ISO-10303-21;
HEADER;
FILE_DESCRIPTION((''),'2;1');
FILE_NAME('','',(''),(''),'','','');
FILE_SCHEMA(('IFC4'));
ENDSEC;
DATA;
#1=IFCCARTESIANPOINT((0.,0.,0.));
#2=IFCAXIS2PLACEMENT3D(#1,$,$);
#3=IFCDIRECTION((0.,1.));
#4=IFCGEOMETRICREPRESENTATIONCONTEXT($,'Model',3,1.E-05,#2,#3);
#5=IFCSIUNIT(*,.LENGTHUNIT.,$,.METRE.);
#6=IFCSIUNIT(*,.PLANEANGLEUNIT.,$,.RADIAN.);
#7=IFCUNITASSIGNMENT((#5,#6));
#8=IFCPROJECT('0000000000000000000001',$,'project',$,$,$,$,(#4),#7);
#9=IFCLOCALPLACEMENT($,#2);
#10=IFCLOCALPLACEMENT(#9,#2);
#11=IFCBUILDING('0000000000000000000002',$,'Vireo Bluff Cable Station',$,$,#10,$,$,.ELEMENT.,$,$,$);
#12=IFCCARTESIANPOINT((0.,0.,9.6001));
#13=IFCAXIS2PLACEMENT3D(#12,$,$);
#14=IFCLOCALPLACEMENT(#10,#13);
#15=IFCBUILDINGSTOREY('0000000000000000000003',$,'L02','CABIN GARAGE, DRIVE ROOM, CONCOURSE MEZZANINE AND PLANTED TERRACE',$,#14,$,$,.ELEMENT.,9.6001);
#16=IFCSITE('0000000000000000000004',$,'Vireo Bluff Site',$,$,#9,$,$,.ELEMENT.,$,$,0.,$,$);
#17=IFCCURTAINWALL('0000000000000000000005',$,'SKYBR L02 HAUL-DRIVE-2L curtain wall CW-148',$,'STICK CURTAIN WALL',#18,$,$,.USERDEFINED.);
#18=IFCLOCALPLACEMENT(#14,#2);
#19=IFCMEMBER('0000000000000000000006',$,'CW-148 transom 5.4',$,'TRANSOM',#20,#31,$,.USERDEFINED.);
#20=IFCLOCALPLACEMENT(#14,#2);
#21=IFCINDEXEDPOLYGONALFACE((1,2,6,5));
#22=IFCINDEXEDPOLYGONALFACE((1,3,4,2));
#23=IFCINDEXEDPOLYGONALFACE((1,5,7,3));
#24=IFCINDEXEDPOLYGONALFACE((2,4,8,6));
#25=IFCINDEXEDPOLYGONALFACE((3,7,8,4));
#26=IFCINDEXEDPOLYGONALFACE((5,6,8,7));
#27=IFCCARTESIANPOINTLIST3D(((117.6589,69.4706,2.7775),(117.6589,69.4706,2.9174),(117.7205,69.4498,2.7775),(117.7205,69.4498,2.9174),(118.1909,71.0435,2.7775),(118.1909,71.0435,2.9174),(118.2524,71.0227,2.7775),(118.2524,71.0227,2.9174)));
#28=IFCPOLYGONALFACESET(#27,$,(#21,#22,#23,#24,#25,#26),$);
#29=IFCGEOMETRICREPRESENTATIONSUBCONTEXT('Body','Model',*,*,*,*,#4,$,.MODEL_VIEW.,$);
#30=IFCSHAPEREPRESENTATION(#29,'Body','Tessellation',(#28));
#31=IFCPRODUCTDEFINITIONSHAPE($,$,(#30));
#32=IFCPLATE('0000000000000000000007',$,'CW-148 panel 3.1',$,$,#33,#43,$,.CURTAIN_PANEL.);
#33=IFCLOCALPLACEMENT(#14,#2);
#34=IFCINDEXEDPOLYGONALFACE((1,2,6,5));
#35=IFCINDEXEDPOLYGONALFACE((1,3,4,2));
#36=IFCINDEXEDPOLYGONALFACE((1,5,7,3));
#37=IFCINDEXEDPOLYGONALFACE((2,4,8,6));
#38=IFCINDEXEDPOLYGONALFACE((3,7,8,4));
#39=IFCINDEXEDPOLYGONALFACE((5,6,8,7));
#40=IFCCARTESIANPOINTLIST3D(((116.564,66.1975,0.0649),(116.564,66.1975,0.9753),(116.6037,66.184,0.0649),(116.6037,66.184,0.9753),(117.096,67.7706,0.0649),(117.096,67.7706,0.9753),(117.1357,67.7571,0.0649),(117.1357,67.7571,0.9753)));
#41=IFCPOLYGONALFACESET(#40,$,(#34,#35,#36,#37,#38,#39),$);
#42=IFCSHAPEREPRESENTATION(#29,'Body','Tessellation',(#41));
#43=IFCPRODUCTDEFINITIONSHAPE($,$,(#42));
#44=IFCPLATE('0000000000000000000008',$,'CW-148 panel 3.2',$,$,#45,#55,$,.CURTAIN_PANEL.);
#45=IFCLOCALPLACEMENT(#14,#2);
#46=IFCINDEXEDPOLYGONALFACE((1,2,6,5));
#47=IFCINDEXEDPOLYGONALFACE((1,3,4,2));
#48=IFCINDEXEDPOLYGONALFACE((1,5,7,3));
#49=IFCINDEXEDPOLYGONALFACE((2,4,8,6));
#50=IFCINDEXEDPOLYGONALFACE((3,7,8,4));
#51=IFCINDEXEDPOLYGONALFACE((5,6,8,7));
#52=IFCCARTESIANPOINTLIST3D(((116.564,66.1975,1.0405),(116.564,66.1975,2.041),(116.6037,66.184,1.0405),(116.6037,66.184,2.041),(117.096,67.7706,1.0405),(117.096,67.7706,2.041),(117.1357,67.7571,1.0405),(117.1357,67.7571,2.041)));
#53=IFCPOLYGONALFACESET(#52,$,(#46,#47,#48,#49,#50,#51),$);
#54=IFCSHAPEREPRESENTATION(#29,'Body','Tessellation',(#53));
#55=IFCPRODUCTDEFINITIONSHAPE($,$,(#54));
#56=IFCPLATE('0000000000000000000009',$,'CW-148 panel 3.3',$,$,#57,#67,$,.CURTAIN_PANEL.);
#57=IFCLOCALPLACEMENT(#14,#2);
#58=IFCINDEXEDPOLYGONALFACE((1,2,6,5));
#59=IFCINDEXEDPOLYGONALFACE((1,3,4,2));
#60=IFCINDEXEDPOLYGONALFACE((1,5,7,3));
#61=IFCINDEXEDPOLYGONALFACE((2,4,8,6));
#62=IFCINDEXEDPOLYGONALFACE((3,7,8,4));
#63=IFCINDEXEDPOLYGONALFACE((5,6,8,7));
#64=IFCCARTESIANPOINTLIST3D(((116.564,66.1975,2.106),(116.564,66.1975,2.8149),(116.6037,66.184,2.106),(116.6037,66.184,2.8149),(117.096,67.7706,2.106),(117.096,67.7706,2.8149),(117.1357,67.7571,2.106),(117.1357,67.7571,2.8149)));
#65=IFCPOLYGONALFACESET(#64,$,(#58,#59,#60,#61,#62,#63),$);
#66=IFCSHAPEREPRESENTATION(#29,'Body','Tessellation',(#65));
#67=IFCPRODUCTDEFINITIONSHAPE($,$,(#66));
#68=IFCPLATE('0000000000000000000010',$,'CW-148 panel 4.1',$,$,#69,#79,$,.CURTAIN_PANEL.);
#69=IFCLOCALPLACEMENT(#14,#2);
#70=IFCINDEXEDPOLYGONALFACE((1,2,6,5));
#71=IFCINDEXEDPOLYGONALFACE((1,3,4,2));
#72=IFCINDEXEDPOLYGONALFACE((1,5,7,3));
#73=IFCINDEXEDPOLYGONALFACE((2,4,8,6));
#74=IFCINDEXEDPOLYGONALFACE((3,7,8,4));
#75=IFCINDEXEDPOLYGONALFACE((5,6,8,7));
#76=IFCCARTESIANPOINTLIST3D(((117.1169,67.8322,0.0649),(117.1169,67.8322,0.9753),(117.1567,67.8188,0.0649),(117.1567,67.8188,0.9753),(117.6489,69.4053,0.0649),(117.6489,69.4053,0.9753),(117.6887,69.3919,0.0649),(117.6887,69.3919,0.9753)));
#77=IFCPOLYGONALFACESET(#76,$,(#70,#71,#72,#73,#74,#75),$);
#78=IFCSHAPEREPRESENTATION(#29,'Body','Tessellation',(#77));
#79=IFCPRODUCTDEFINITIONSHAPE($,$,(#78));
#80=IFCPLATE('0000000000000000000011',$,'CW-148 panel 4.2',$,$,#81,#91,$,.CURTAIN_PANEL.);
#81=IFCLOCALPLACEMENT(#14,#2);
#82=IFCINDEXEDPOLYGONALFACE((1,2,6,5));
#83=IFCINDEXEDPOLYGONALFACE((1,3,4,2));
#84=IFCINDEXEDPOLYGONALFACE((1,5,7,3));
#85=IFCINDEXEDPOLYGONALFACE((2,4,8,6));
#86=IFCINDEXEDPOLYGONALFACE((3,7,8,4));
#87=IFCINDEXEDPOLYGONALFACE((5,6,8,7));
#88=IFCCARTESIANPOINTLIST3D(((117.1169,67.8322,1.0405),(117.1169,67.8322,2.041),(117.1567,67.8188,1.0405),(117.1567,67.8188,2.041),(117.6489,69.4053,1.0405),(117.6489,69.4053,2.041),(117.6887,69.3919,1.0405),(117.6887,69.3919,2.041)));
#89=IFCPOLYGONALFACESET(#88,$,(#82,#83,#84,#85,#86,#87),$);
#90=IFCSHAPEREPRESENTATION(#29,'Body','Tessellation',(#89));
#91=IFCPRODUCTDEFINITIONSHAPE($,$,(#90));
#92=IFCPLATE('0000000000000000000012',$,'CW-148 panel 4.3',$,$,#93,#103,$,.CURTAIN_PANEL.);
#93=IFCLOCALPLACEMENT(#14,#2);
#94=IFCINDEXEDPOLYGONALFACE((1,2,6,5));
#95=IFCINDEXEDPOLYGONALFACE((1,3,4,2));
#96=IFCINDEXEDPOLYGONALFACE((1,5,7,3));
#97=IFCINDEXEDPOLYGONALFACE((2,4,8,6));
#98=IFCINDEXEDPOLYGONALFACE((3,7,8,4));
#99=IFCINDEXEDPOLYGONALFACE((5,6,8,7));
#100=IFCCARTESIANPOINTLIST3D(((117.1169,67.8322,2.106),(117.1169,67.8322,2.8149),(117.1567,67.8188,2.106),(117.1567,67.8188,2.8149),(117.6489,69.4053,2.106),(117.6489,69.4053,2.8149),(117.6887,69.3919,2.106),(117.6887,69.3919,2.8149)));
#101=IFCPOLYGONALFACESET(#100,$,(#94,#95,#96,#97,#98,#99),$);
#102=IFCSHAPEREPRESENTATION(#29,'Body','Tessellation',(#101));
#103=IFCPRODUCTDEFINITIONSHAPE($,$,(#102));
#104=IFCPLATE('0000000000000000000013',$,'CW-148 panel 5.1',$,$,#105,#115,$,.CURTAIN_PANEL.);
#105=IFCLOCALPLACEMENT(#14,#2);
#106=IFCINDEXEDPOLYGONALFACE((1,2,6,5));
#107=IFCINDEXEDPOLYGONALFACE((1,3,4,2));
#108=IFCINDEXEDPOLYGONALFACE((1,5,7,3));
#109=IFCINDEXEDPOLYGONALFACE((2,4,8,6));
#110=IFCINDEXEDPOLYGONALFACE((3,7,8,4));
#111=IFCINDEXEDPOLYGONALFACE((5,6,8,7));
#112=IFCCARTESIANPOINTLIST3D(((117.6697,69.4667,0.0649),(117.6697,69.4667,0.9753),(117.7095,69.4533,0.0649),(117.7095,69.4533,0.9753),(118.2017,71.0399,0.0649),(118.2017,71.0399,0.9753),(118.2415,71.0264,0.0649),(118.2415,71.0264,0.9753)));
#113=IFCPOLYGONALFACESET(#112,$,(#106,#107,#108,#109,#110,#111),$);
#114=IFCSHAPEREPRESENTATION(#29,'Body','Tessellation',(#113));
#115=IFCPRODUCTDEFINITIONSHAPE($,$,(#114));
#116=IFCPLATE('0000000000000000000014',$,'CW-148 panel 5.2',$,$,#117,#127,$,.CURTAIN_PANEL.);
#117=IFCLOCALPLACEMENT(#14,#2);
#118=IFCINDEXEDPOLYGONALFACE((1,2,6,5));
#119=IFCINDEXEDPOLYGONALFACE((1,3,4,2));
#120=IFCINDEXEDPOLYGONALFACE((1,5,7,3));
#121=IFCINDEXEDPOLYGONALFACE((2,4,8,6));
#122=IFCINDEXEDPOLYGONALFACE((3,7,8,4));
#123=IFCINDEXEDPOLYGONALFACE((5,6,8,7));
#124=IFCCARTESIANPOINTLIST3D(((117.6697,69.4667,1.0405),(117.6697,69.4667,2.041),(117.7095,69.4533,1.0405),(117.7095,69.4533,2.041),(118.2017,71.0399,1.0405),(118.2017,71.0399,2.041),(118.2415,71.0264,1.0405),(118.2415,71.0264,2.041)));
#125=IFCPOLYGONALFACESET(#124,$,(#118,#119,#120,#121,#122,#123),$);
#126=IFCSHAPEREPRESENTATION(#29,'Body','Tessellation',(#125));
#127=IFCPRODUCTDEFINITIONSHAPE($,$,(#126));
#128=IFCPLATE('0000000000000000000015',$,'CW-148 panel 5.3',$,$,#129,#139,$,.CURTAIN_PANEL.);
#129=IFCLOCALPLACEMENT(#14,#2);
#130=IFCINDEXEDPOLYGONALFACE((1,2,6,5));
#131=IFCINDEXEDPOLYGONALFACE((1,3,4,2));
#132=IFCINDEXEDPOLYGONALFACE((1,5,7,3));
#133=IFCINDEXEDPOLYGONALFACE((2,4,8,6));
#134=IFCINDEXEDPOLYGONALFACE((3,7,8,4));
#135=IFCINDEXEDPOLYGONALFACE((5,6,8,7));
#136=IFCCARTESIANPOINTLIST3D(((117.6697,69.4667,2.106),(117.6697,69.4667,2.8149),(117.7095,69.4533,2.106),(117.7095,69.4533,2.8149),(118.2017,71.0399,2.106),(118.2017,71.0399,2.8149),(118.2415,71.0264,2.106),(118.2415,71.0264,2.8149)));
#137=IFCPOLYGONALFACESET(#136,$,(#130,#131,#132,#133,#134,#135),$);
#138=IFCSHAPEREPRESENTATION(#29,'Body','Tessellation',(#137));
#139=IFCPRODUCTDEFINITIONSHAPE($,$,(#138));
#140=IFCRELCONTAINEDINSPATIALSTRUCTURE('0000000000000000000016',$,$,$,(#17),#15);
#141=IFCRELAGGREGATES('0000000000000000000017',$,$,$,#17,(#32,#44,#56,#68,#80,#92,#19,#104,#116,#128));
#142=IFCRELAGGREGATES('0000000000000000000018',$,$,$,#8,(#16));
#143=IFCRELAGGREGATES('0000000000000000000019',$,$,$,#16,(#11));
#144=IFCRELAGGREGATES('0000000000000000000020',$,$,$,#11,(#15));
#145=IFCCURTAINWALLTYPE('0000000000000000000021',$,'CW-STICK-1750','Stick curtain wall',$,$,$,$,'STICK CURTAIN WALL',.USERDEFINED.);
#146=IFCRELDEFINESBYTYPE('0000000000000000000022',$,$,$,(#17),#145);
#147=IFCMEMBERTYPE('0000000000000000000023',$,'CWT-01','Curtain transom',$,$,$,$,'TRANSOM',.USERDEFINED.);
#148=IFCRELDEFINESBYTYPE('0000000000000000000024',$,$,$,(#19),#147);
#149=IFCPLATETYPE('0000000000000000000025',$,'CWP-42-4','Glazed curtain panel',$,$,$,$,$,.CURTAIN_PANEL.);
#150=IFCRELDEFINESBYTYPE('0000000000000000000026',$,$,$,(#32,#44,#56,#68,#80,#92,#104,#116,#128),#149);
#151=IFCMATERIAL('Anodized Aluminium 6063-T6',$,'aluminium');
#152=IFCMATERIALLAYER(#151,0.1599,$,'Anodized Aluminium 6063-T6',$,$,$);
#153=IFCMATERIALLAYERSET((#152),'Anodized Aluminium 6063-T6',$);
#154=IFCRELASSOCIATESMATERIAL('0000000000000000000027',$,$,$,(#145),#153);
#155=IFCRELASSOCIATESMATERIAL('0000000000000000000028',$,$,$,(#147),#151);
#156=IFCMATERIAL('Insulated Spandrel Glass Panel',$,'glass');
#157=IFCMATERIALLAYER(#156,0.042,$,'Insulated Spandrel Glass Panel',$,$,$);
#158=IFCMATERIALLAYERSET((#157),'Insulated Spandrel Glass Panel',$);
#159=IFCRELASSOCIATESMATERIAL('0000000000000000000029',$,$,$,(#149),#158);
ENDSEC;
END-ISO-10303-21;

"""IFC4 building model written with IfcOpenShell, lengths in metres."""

from ifc_helpers import new_model, si_unit, direction, frame, origin, origin_2d, place, context, subcontext, project, spatial, rectangle, extrude, material, layer, layer_set, material_profile, profile_set, type_object, element, aggregate, save


model = new_model("IFC4")

# Units and contexts
model_context = context("Model", 3, precision=1e-05, world=origin(), true_north=direction((0.0, 1.0)))
body_context = subcontext(model_context, "Body", "Model", "MODEL_VIEW")
ifc_project = project(units=[si_unit("LENGTHUNIT", "METRE"), si_unit("PLANEANGLEUNIT", "RADIAN")], contexts=[model_context])

# Site, building, storey
site_placement = place(None, origin())
site = spatial("IfcSite", under=ifc_project, at=site_placement, Name="Vireo Bluff Site", CompositionType="ELEMENT", RefElevation=0.0)
building_placement = place(site_placement, origin())
building = spatial("IfcBuilding", under=site, at=building_placement, Name="Vireo Bluff Cable Station", CompositionType="ELEMENT")
storey_placement = place(building_placement, frame((0.0, 0.0, 9.6001)))
storey = spatial("IfcBuildingStorey", under=building, at=storey_placement, Name="L02", Description="CABIN GARAGE, DRIVE ROOM, CONCOURSE MEZZANINE AND PLANTED TERRACE", CompositionType="ELEMENT", Elevation=9.6001)

# Curtain wall, member, plates
ifc_material_1 = material(Name="Anodized Aluminium 6063-T6", Category="aluminium")
ifc_layer_1 = layer(ifc_material_1, 0.1599, Name="Anodized Aluminium 6063-T6")
ifc_layer_set_1 = layer_set([ifc_layer_1], Name="Anodized Aluminium 6063-T6")
curtain_wall_type = type_object("IfcCurtainWallType", Name="CW-STICK-1750", Description="Stick curtain wall", ElementType="STICK CURTAIN WALL", PredefinedType="USERDEFINED", material=ifc_layer_set_1)
curtain_wall_placement = place(storey_placement, origin())
curtain_wall = element("IfcCurtainWall", 1, at=curtain_wall_placement, inside=storey, type_object=curtain_wall_type, Name="SKYBR L02 HAUL-DRIVE-2L curtain wall CW-148", ObjectType="STICK CURTAIN WALL", PredefinedType="USERDEFINED")
ifc_material_profile_1 = material_profile(ifc_material_1, rectangle(XDim=0.0649, YDim=0.1399, at=origin_2d()), Name="ALU-T-65X140")
ifc_profile_set_1 = profile_set([ifc_material_profile_1], Name="Anodized Aluminium 6063-T6")
member_type_1 = type_object("IfcMemberType", Name="CWT-01", Description="Curtain transom", ElementType="TRANSOM", PredefinedType="USERDEFINED", material=ifc_profile_set_1)
member_1_placement = place(storey_placement, frame((117.6897, 69.4602, 2.8474), z_axis=(0.320371, 0.947292, 0.0), x_axis=(-0.947292, 0.320371, 0.0)))
member_1 = element("IfcMember", 2, at=member_1_placement, type_object=member_type_1, Name="CW-148 transom 5.4", ObjectType="TRANSOM", PredefinedType="USERDEFINED", context=body_context, shape_type="SweptSolid", body=[
    extrude(rectangle(XDim=0.0649, YDim=0.1399, at=origin_2d()), origin(), (0.0, 0.0, 1.0), 1.6604),
])
ifc_material_2 = material(Name="Insulated Spandrel Glass Panel", Category="glass")
ifc_layer_2 = layer(ifc_material_2, 0.042, Name="Insulated Spandrel Glass Panel")
ifc_layer_set_2 = layer_set([ifc_layer_2], Name="Insulated Spandrel Glass Panel")
plate_type = type_object("IfcPlateType", Name="CWP-42-4", Description="Glazed curtain panel", PredefinedType="CURTAIN_PANEL", material=ifc_layer_set_2)
plate_1_placement = place(storey_placement, frame((116.8499, 66.9773, 0.0649), z_axis=(0.0, 0.0, 1.0), x_axis=(0.320362, 0.947295, 0.0)))
plate_1 = element("IfcPlate", 3, at=plate_1_placement, type_object=plate_type, Name="CW-148 panel 3.1", PredefinedType="CURTAIN_PANEL", context=body_context, shape_type="SweptSolid", body=[
    extrude(rectangle(XDim=1.6606, YDim=0.042, at=origin_2d()), origin(), (0.0, 0.0, 1.0), 0.9104),
])
plate_2_placement = place(storey_placement, frame((116.8499, 66.9773, 1.0405), z_axis=(0.0, 0.0, 1.0), x_axis=(0.320362, 0.947295, 0.0)))
plate_2 = element("IfcPlate", 4, at=plate_2_placement, type_object=plate_type, Name="CW-148 panel 3.2", PredefinedType="CURTAIN_PANEL", context=body_context, shape_type="SweptSolid", body=[
    extrude(rectangle(XDim=1.6606, YDim=0.042, at=origin_2d()), origin(), (0.0, 0.0, 1.0), 1.0005),
])
plate_3_placement = place(storey_placement, frame((116.8499, 66.9773, 2.106), z_axis=(0.0, 0.0, 1.0), x_axis=(0.320362, 0.947295, 0.0)))
plate_3 = element("IfcPlate", 5, at=plate_3_placement, type_object=plate_type, Name="CW-148 panel 3.3", PredefinedType="CURTAIN_PANEL", context=body_context, shape_type="SweptSolid", body=[
    extrude(rectangle(XDim=1.6606, YDim=0.042, at=origin_2d()), origin(), (0.0, 0.0, 1.0), 0.709),
])
plate_4_placement = place(storey_placement, frame((117.4028, 68.6121, 0.0649), z_axis=(0.0, 0.0, 1.0), x_axis=(0.320362, 0.947295, 0.0)))
plate_4 = element("IfcPlate", 6, at=plate_4_placement, type_object=plate_type, Name="CW-148 panel 4.1", PredefinedType="CURTAIN_PANEL", context=body_context, shape_type="SweptSolid", body=[
    extrude(rectangle(XDim=1.6606, YDim=0.042, at=origin_2d()), origin(), (0.0, 0.0, 1.0), 0.9104),
])
plate_5_placement = place(storey_placement, frame((117.4028, 68.6121, 1.0405), z_axis=(0.0, 0.0, 1.0), x_axis=(0.320362, 0.947295, 0.0)))
plate_5 = element("IfcPlate", 7, at=plate_5_placement, type_object=plate_type, Name="CW-148 panel 4.2", PredefinedType="CURTAIN_PANEL", context=body_context, shape_type="SweptSolid", body=[
    extrude(rectangle(XDim=1.6606, YDim=0.042, at=origin_2d()), origin(), (0.0, 0.0, 1.0), 1.0005),
])
plate_6_placement = place(storey_placement, frame((117.4028, 68.6121, 2.106), z_axis=(0.0, 0.0, 1.0), x_axis=(0.320362, 0.947295, 0.0)))
plate_6 = element("IfcPlate", 8, at=plate_6_placement, type_object=plate_type, Name="CW-148 panel 4.3", PredefinedType="CURTAIN_PANEL", context=body_context, shape_type="SweptSolid", body=[
    extrude(rectangle(XDim=1.6606, YDim=0.042, at=origin_2d()), origin(), (0.0, 0.0, 1.0), 0.709),
])
plate_7_placement = place(storey_placement, frame((117.9556, 70.2466, 0.0649), z_axis=(0.0, 0.0, 1.0), x_axis=(0.320362, 0.947295, 0.0)))
plate_7 = element("IfcPlate", 9, at=plate_7_placement, type_object=plate_type, Name="CW-148 panel 5.1", PredefinedType="CURTAIN_PANEL", context=body_context, shape_type="SweptSolid", body=[
    extrude(rectangle(XDim=1.6606, YDim=0.042, at=origin_2d()), origin(), (0.0, 0.0, 1.0), 0.9104),
])
plate_8_placement = place(storey_placement, frame((117.9556, 70.2466, 1.0405), z_axis=(0.0, 0.0, 1.0), x_axis=(0.320362, 0.947295, 0.0)))
plate_8 = element("IfcPlate", 10, at=plate_8_placement, type_object=plate_type, Name="CW-148 panel 5.2", PredefinedType="CURTAIN_PANEL", context=body_context, shape_type="SweptSolid", body=[
    extrude(rectangle(XDim=1.6606, YDim=0.042, at=origin_2d()), origin(), (0.0, 0.0, 1.0), 1.0005),
])
plate_9_placement = place(storey_placement, frame((117.9556, 70.2466, 2.106), z_axis=(0.0, 0.0, 1.0), x_axis=(0.320362, 0.947295, 0.0)))
plate_9 = element("IfcPlate", 11, at=plate_9_placement, type_object=plate_type, Name="CW-148 panel 5.3", PredefinedType="CURTAIN_PANEL", context=body_context, shape_type="SweptSolid", body=[
    extrude(rectangle(XDim=1.6606, YDim=0.042, at=origin_2d()), origin(), (0.0, 0.0, 1.0), 0.709),
])
aggregate(curtain_wall, [plate_1, plate_2, plate_3, plate_4, plate_5, plate_6, member_1, plate_7, plate_8, plate_9])

save(model, "model.ifc")
